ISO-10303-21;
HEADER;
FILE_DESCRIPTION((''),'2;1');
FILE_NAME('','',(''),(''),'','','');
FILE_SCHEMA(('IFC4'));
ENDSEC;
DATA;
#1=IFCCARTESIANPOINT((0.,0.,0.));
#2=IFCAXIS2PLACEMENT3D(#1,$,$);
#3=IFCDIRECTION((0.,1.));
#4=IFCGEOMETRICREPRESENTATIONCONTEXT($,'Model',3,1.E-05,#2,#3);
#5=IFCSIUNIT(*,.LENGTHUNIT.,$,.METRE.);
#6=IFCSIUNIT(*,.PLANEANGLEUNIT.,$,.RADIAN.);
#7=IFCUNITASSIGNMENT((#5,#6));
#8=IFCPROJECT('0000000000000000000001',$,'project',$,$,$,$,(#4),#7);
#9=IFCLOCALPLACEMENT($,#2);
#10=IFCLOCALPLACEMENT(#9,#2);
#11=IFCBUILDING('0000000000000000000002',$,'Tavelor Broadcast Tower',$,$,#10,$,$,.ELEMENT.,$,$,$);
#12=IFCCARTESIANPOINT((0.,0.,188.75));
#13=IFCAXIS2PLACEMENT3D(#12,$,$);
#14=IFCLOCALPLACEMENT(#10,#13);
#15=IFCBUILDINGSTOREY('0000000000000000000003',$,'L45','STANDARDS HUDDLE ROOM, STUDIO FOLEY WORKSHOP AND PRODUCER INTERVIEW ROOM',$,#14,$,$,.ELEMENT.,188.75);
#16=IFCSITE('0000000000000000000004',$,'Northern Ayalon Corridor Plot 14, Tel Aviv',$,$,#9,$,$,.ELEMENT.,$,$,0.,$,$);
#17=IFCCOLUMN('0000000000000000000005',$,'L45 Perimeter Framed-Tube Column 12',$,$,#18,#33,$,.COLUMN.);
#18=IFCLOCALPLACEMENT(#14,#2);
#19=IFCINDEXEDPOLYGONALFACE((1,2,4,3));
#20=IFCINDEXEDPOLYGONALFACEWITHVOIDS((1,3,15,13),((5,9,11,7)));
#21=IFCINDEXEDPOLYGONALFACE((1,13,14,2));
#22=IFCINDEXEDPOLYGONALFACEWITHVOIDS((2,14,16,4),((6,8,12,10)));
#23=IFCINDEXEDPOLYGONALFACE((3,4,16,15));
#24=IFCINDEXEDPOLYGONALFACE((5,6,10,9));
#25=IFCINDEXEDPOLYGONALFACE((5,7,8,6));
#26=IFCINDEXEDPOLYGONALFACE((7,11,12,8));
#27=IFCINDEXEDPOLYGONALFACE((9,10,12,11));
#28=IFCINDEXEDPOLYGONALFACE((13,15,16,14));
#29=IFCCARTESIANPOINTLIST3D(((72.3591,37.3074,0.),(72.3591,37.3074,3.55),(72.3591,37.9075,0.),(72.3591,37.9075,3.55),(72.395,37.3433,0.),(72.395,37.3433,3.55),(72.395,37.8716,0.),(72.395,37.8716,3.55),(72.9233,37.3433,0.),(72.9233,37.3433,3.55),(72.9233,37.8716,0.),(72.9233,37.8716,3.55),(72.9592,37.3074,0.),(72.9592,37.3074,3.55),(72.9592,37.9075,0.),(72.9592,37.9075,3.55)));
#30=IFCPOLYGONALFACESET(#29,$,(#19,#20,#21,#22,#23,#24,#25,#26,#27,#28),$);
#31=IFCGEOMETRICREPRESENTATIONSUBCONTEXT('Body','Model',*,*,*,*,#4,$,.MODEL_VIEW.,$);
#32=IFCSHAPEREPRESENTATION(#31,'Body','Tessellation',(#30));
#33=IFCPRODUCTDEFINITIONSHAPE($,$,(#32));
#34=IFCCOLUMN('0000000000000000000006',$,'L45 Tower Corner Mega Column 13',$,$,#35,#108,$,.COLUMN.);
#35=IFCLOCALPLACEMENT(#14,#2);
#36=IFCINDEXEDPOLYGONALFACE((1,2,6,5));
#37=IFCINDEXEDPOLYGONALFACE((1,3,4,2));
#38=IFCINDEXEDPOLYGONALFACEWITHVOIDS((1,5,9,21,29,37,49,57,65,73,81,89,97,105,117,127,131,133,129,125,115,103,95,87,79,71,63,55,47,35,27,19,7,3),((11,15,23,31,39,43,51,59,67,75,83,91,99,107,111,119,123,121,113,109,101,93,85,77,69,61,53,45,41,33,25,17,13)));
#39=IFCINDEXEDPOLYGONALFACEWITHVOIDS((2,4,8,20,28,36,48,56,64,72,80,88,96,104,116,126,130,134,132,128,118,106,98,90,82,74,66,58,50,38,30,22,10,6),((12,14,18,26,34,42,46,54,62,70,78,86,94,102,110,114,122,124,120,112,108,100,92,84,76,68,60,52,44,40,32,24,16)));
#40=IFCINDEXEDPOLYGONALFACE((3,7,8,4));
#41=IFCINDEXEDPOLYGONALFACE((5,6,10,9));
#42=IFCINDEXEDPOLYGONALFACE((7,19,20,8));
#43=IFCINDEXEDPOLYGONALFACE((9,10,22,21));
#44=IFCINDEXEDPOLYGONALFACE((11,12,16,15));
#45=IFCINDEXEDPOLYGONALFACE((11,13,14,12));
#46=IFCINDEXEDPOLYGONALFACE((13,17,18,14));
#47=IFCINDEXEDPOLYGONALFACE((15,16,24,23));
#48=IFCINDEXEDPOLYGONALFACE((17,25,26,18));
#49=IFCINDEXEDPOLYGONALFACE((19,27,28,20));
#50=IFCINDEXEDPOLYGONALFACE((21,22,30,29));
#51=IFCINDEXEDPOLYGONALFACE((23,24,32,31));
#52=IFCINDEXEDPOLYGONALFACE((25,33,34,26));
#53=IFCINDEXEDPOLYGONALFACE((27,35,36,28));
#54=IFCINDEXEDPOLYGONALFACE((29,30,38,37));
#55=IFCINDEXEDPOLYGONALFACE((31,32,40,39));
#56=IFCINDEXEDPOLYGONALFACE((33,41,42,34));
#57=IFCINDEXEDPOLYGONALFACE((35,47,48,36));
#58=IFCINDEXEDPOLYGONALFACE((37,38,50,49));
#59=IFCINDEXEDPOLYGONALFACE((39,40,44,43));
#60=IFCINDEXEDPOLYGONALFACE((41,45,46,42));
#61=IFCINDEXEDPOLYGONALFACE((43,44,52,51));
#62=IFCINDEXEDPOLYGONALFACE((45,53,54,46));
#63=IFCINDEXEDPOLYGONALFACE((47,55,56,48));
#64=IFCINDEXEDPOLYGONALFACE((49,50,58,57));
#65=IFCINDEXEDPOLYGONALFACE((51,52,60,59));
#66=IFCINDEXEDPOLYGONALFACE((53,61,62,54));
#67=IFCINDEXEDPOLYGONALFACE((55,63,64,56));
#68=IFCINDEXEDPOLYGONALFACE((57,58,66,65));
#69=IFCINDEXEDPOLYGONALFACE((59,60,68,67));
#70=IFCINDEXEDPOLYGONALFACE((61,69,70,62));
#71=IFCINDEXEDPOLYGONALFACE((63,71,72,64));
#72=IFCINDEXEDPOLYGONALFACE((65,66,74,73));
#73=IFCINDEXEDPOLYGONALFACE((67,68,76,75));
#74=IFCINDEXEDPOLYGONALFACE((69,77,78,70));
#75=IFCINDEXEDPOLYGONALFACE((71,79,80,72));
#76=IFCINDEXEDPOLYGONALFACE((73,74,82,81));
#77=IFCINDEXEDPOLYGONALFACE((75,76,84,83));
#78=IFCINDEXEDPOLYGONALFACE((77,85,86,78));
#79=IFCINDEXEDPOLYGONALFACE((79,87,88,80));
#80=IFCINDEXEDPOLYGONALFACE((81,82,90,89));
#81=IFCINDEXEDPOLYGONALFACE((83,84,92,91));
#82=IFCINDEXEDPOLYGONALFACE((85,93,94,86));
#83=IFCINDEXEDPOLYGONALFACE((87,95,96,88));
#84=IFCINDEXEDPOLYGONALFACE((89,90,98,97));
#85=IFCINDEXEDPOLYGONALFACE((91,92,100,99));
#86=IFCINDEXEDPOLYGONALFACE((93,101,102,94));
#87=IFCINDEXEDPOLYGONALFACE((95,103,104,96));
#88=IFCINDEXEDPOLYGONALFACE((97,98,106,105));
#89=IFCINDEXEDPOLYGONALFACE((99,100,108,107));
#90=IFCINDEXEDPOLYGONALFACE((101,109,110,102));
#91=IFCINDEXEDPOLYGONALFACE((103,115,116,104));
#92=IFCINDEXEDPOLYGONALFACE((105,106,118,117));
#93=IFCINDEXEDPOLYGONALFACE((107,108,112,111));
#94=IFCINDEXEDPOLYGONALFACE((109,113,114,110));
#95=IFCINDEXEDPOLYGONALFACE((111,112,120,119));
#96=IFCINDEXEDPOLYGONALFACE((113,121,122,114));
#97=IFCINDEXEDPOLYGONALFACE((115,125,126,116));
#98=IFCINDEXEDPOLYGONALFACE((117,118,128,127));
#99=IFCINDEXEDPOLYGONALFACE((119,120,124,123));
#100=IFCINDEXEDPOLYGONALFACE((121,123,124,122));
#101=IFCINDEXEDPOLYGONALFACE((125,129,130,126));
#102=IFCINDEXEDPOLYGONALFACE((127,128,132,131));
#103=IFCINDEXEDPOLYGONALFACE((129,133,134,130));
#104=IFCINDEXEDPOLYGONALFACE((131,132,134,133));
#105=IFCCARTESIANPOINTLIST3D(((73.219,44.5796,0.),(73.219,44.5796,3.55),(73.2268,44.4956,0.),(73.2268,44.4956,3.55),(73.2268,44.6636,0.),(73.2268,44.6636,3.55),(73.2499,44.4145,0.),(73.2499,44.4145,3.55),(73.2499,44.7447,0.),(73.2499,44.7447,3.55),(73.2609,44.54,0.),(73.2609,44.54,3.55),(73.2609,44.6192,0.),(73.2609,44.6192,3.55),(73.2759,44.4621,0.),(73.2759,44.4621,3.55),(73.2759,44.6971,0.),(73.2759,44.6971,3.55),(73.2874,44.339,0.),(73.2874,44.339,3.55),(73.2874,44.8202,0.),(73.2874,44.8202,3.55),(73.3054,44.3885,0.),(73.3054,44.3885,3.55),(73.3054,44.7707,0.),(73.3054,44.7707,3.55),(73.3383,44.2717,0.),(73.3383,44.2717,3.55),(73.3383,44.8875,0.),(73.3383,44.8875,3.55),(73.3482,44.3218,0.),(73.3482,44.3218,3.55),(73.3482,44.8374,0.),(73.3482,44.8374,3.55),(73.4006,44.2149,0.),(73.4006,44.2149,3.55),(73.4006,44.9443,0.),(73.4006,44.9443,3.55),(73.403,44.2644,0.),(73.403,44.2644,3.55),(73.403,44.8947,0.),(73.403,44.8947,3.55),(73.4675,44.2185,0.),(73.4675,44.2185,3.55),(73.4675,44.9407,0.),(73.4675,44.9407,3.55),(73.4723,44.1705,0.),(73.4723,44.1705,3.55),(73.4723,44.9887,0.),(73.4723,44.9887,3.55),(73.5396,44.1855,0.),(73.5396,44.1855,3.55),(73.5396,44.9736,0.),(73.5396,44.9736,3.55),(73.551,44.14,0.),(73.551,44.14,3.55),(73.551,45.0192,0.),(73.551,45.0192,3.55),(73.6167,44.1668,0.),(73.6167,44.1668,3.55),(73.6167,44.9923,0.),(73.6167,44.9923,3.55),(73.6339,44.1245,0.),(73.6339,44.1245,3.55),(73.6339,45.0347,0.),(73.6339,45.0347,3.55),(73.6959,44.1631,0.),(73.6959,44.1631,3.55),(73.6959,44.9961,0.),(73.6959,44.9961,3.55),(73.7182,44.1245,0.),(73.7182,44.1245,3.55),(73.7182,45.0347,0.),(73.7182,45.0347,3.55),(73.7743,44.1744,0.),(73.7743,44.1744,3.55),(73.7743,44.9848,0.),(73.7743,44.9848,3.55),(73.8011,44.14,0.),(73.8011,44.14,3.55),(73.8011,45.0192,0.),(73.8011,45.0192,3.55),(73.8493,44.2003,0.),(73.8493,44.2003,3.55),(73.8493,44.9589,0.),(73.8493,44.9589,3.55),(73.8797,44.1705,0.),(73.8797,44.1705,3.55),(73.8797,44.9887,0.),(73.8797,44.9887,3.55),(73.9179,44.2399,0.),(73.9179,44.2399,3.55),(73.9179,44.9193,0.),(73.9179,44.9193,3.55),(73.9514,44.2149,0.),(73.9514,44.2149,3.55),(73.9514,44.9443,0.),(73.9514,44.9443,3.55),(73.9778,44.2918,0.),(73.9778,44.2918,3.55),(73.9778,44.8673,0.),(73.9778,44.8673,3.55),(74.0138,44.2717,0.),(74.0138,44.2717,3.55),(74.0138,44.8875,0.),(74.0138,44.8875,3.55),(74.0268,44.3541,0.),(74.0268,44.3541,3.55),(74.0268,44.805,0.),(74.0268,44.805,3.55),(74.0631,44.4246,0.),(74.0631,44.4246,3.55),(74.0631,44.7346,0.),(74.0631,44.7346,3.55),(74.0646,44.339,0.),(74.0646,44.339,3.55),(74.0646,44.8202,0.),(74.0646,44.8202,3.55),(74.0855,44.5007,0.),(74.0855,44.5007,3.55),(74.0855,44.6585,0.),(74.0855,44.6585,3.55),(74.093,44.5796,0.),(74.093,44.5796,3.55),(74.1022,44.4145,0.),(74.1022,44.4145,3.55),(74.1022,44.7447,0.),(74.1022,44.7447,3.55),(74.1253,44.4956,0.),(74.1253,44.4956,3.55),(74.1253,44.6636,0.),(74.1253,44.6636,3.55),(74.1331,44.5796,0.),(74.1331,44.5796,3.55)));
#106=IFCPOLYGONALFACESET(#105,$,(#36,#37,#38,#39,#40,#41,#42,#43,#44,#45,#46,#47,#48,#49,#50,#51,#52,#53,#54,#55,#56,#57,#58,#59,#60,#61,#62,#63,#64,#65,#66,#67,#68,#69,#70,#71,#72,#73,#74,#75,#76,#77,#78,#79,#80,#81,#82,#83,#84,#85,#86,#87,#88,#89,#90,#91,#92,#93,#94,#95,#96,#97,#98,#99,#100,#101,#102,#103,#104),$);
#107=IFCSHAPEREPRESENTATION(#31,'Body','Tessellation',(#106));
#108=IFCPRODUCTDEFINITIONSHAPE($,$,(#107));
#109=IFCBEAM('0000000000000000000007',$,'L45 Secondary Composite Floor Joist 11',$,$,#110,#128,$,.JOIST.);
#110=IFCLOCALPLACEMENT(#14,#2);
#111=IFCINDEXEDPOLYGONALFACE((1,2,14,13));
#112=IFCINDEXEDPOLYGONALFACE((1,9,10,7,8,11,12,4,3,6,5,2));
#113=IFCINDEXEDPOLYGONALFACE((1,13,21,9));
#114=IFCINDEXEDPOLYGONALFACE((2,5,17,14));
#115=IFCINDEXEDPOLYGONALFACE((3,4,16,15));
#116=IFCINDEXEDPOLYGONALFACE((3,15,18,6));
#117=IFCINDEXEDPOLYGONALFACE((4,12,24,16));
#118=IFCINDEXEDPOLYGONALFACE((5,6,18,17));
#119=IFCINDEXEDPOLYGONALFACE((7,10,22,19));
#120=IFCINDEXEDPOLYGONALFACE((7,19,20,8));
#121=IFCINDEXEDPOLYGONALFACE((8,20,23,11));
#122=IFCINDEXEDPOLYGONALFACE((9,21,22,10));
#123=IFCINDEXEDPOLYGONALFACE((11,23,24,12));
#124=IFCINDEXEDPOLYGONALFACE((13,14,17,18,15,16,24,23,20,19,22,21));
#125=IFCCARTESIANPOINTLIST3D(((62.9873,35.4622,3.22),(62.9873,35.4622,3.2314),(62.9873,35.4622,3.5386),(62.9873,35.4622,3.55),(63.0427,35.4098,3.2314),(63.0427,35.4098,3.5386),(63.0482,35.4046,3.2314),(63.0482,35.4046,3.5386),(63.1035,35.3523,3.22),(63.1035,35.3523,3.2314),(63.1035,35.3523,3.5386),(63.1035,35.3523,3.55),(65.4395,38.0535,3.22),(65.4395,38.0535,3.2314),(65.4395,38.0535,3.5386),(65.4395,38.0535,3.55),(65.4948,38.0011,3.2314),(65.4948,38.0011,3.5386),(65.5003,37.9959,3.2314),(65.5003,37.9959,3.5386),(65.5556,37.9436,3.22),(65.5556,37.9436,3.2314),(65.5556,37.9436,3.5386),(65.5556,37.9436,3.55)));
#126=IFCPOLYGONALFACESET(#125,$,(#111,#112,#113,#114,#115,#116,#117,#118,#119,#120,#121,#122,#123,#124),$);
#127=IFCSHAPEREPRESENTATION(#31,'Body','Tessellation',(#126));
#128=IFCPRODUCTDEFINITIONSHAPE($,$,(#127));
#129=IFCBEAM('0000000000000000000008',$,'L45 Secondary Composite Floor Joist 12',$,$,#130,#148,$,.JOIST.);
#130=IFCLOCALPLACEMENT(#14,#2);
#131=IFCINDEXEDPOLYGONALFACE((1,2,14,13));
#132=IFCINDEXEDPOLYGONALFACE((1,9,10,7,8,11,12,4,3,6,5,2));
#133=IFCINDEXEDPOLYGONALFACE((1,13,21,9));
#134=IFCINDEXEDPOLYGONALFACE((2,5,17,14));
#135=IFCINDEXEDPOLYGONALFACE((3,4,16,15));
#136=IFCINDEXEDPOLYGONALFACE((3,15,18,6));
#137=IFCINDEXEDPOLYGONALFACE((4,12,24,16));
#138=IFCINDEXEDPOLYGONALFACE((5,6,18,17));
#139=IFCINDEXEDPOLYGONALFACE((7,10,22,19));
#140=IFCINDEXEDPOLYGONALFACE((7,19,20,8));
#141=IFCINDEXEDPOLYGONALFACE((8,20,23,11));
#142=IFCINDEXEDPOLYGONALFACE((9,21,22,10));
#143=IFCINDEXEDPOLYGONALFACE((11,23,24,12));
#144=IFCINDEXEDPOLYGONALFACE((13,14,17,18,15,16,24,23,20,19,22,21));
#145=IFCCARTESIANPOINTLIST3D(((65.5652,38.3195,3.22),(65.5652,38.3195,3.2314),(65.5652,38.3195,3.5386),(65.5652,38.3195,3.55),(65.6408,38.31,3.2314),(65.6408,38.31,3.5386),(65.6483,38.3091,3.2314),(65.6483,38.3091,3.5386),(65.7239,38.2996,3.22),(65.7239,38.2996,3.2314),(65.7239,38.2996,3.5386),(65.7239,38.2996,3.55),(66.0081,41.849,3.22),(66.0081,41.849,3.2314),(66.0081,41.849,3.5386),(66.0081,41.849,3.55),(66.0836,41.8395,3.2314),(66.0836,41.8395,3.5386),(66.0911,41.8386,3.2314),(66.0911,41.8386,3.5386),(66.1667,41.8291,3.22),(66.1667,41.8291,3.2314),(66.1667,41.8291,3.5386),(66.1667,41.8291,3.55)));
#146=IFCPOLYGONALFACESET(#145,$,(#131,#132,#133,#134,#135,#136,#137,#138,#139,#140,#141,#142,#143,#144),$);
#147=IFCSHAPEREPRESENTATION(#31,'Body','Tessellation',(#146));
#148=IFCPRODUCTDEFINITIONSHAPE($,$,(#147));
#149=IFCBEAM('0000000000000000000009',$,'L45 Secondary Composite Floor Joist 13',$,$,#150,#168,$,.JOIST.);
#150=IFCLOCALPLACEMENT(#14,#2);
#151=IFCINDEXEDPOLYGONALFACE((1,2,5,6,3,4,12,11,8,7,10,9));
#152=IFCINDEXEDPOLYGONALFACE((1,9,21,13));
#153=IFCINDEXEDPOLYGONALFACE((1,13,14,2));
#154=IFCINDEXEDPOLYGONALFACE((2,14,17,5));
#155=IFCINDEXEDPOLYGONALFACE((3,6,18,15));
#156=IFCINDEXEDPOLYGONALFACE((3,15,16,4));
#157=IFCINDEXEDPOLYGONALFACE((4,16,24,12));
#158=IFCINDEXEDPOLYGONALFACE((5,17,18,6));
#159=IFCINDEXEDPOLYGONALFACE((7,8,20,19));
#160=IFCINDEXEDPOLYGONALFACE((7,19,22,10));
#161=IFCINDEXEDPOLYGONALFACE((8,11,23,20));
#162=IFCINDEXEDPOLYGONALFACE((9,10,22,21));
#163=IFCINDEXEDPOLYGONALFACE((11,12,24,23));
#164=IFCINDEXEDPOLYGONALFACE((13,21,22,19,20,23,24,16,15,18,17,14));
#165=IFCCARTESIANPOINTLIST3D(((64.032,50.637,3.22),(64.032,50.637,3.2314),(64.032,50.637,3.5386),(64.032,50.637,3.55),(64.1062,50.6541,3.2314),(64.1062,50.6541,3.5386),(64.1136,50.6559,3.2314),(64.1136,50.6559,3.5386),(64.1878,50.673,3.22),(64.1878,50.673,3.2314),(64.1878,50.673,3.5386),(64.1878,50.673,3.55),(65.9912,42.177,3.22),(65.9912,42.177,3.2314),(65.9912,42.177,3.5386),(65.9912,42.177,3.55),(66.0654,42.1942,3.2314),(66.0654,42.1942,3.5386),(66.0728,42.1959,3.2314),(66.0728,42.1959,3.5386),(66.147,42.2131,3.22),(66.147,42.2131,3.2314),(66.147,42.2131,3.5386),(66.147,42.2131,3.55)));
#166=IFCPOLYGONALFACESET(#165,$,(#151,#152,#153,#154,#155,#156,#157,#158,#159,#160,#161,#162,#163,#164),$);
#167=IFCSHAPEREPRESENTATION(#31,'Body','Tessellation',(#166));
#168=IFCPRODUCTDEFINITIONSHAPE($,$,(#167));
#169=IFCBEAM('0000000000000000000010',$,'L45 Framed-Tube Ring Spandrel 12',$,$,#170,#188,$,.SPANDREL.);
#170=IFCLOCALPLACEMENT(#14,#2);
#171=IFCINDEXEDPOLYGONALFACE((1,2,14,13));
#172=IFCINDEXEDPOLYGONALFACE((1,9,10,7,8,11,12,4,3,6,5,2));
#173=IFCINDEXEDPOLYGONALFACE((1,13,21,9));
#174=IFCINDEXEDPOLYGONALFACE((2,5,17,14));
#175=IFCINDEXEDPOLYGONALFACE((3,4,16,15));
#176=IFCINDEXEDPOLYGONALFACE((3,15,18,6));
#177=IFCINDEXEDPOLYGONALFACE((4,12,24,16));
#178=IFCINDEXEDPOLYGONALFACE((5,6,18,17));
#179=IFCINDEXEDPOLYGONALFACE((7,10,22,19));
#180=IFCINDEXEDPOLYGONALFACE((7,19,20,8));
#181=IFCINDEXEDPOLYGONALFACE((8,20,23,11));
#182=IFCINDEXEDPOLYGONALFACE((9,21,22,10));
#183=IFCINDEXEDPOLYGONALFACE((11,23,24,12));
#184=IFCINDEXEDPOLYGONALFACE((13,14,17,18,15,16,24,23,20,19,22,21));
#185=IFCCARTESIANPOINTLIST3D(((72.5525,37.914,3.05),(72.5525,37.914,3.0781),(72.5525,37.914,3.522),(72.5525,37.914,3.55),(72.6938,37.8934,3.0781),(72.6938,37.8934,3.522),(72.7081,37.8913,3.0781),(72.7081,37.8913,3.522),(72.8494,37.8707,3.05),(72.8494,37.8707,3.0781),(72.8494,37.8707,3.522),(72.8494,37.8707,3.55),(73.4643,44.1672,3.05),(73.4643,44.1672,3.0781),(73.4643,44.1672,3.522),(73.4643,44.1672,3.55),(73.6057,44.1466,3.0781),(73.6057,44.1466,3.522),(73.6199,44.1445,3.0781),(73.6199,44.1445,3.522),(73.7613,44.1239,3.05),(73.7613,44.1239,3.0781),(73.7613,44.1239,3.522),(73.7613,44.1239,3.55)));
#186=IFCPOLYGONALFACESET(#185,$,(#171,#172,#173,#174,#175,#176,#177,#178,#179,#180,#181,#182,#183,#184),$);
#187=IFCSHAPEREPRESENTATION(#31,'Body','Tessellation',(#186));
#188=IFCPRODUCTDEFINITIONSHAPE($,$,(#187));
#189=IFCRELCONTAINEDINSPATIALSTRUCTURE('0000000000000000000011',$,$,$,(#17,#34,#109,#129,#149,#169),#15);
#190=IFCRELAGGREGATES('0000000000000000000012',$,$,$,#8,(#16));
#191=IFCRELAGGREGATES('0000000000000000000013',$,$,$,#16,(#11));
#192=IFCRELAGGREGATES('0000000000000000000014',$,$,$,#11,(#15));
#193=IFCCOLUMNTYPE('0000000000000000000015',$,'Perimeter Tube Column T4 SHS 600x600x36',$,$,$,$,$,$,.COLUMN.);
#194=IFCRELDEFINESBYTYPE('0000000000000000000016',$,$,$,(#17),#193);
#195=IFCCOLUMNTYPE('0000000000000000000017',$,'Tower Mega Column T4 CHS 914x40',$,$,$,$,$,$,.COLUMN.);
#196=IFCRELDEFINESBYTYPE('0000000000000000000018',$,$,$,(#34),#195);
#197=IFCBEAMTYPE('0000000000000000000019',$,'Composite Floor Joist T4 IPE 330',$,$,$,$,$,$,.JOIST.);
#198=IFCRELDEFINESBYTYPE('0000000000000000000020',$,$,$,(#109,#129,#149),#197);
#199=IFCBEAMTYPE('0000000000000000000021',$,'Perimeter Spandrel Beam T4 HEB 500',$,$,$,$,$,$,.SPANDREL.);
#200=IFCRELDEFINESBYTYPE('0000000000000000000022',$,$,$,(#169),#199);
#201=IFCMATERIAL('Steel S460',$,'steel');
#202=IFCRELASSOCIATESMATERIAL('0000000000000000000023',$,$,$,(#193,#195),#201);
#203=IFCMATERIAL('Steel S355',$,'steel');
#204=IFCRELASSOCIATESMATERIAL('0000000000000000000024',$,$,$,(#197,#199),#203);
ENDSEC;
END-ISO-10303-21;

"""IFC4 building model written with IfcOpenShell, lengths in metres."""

from ifc_helpers import new_model, si_unit, direction, frame, origin, origin_2d, place, context, subcontext, project, spatial, hollow_rectangle, hollow_circle, i_section, extrude, material, material_profile, profile_set, type_object, element, save


model = new_model("IFC4")

# Units and contexts
model_context = context("Model", 3, precision=1e-05, world=origin(), true_north=direction((0.0, 1.0)))
body_context = subcontext(model_context, "Body", "Model", "MODEL_VIEW")
ifc_project = project(units=[si_unit("LENGTHUNIT", "METRE"), si_unit("PLANEANGLEUNIT", "RADIAN")], contexts=[model_context])

# Site, building, storey
site_placement = place(None, origin())
site = spatial("IfcSite", under=ifc_project, at=site_placement, Name="Northern Ayalon Corridor Plot 14, Tel Aviv", CompositionType="ELEMENT", RefElevation=0.0)
building_placement = place(site_placement, origin())
building = spatial("IfcBuilding", under=site, at=building_placement, Name="Tavelor Broadcast Tower", CompositionType="ELEMENT")
storey_placement = place(building_placement, frame((0.0, 0.0, 188.75)))
storey = spatial("IfcBuildingStorey", under=building, at=storey_placement, Name="L45", Description="STANDARDS HUDDLE ROOM, STUDIO FOLEY WORKSHOP AND PRODUCER INTERVIEW ROOM", CompositionType="ELEMENT", Elevation=188.75)

# Columns
ifc_material_1 = material(Name="Steel S460", Category="steel")
ifc_material_profile_1 = material_profile(ifc_material_1, hollow_rectangle(XDim=0.6001, YDim=0.6001, WallThickness=0.0359, at=origin_2d()), Name="SHS 600x600x36")
ifc_profile_set_1 = profile_set([ifc_material_profile_1], Name="Steel S460")
column_type_1 = type_object("IfcColumnType", Name="Perimeter Tube Column T4 SHS 600x600x36", PredefinedType="COLUMN", material=ifc_profile_set_1)
column_1_placement = place(storey_placement, frame((72.6592, 37.6074, 0.0), z_axis=(0.0, 0.0, 1.0), x_axis=(1.0, 0.0, 0.0)))
element("IfcColumn", 1, at=column_1_placement, inside=storey, type_object=column_type_1, Name="L45 Perimeter Framed-Tube Column 12", PredefinedType="COLUMN", context=body_context, shape_type="SweptSolid", body=[
    extrude(hollow_rectangle(XDim=0.6001, YDim=0.6001, WallThickness=0.0359, at=origin_2d()), origin(), (0.0, 0.0, 1.0), 3.55),
])
ifc_material_profile_2 = material_profile(ifc_material_1, hollow_circle(Radius=0.457, WallThickness=0.04, at=origin_2d()), Name="CHS 914x40")
ifc_profile_set_2 = profile_set([ifc_material_profile_2], Name="Steel S460")
column_type_2 = type_object("IfcColumnType", Name="Tower Mega Column T4 CHS 914x40", PredefinedType="COLUMN", material=ifc_profile_set_2)
column_2_placement = place(storey_placement, frame((73.676, 44.5796, 0.0), z_axis=(0.0, 0.0, 1.0), x_axis=(1.0, 0.0, 0.0)))
element("IfcColumn", 2, at=column_2_placement, inside=storey, type_object=column_type_2, Name="L45 Tower Corner Mega Column 13", PredefinedType="COLUMN", context=body_context, shape_type="SweptSolid", body=[
    extrude(hollow_circle(Radius=0.457, WallThickness=0.04, at=origin_2d()), origin(), (0.0, 0.0, 1.0), 3.55),
])

# Beams
ifc_material_2 = material(Name="Steel S355", Category="steel")
ifc_material_profile_3 = material_profile(ifc_material_2, i_section(OverallWidth=0.1599, OverallDepth=0.3301, WebThickness=0.0076, FlangeThickness=0.0115, at=origin_2d()), Name="IPE 330")
ifc_profile_set_3 = profile_set([ifc_material_profile_3], Name="Steel S355")
beam_type_1 = type_object("IfcBeamType", Name="Composite Floor Joist T4 IPE 330", PredefinedType="JOIST", material=ifc_profile_set_3)
beam_1_placement = place(storey_placement, frame((63.0454, 35.4072, 3.385), z_axis=(0.687335, 0.726341, 0.0), x_axis=(-0.726341, 0.687335, 0.0)))
element("IfcBeam", 3, at=beam_1_placement, inside=storey, type_object=beam_type_1, Name="L45 Secondary Composite Floor Joist 11", PredefinedType="JOIST", context=body_context, shape_type="SweptSolid", body=[
    extrude(i_section(OverallWidth=0.1599, OverallDepth=0.3301, WebThickness=0.0076, FlangeThickness=0.0115, at=origin_2d()), origin(), (0.0, 0.0, 1.0), 3.5676),
])
beam_2_placement = place(storey_placement, frame((65.6445, 38.3096, 3.385), z_axis=(0.124499, 0.99222, 0.0), x_axis=(-0.99222, 0.124499, 0.0)))
element("IfcBeam", 4, at=beam_2_placement, inside=storey, type_object=beam_type_1, Name="L45 Secondary Composite Floor Joist 12", PredefinedType="JOIST", context=body_context, shape_type="SweptSolid", body=[
    extrude(i_section(OverallWidth=0.1599, OverallDepth=0.3301, WebThickness=0.0076, FlangeThickness=0.0115, at=origin_2d()), origin(), (0.0, 0.0, 1.0), 3.5571),
])
beam_3_placement = place(storey_placement, frame((66.0691, 42.1951, 3.385), z_axis=(-0.225617, 0.974216, 0.0), x_axis=(-0.974216, -0.225617, 0.0)))
element("IfcBeam", 5, at=beam_3_placement, inside=storey, type_object=beam_type_1, Name="L45 Secondary Composite Floor Joist 13", PredefinedType="JOIST", context=body_context, shape_type="SweptSolid", body=[
    extrude(i_section(OverallWidth=0.1599, OverallDepth=0.3301, WebThickness=0.0076, FlangeThickness=0.0115, at=origin_2d()), origin(), (0.0, 0.0, 1.0), 8.6838),
])
ifc_material_profile_4 = material_profile(ifc_material_2, i_section(OverallWidth=0.3, OverallDepth=0.5, WebThickness=0.0144, FlangeThickness=0.0281, at=origin_2d()), Name="HEB 500")
ifc_profile_set_4 = profile_set([ifc_material_profile_4], Name="Steel S355")
beam_type_2 = type_object("IfcBeamType", Name="Perimeter Spandrel Beam T4 HEB 500", PredefinedType="SPANDREL", material=ifc_profile_set_4)
beam_4_placement = place(storey_placement, frame((72.7009, 37.8923, 3.3), z_axis=(0.144298, 0.989534, 0.0), x_axis=(-0.989534, 0.144298, 0.0)))
element("IfcBeam", 6, at=beam_4_placement, inside=storey, type_object=beam_type_2, Name="L45 Framed-Tube Ring Spandrel 12", PredefinedType="SPANDREL", context=body_context, shape_type="SweptSolid", body=[
    extrude(i_section(OverallWidth=0.3, OverallDepth=0.5, WebThickness=0.0144, FlangeThickness=0.0281, at=origin_2d()), origin(), (0.0, 0.0, 1.0), 6.3193),
])

save(model, "model.ifc")
